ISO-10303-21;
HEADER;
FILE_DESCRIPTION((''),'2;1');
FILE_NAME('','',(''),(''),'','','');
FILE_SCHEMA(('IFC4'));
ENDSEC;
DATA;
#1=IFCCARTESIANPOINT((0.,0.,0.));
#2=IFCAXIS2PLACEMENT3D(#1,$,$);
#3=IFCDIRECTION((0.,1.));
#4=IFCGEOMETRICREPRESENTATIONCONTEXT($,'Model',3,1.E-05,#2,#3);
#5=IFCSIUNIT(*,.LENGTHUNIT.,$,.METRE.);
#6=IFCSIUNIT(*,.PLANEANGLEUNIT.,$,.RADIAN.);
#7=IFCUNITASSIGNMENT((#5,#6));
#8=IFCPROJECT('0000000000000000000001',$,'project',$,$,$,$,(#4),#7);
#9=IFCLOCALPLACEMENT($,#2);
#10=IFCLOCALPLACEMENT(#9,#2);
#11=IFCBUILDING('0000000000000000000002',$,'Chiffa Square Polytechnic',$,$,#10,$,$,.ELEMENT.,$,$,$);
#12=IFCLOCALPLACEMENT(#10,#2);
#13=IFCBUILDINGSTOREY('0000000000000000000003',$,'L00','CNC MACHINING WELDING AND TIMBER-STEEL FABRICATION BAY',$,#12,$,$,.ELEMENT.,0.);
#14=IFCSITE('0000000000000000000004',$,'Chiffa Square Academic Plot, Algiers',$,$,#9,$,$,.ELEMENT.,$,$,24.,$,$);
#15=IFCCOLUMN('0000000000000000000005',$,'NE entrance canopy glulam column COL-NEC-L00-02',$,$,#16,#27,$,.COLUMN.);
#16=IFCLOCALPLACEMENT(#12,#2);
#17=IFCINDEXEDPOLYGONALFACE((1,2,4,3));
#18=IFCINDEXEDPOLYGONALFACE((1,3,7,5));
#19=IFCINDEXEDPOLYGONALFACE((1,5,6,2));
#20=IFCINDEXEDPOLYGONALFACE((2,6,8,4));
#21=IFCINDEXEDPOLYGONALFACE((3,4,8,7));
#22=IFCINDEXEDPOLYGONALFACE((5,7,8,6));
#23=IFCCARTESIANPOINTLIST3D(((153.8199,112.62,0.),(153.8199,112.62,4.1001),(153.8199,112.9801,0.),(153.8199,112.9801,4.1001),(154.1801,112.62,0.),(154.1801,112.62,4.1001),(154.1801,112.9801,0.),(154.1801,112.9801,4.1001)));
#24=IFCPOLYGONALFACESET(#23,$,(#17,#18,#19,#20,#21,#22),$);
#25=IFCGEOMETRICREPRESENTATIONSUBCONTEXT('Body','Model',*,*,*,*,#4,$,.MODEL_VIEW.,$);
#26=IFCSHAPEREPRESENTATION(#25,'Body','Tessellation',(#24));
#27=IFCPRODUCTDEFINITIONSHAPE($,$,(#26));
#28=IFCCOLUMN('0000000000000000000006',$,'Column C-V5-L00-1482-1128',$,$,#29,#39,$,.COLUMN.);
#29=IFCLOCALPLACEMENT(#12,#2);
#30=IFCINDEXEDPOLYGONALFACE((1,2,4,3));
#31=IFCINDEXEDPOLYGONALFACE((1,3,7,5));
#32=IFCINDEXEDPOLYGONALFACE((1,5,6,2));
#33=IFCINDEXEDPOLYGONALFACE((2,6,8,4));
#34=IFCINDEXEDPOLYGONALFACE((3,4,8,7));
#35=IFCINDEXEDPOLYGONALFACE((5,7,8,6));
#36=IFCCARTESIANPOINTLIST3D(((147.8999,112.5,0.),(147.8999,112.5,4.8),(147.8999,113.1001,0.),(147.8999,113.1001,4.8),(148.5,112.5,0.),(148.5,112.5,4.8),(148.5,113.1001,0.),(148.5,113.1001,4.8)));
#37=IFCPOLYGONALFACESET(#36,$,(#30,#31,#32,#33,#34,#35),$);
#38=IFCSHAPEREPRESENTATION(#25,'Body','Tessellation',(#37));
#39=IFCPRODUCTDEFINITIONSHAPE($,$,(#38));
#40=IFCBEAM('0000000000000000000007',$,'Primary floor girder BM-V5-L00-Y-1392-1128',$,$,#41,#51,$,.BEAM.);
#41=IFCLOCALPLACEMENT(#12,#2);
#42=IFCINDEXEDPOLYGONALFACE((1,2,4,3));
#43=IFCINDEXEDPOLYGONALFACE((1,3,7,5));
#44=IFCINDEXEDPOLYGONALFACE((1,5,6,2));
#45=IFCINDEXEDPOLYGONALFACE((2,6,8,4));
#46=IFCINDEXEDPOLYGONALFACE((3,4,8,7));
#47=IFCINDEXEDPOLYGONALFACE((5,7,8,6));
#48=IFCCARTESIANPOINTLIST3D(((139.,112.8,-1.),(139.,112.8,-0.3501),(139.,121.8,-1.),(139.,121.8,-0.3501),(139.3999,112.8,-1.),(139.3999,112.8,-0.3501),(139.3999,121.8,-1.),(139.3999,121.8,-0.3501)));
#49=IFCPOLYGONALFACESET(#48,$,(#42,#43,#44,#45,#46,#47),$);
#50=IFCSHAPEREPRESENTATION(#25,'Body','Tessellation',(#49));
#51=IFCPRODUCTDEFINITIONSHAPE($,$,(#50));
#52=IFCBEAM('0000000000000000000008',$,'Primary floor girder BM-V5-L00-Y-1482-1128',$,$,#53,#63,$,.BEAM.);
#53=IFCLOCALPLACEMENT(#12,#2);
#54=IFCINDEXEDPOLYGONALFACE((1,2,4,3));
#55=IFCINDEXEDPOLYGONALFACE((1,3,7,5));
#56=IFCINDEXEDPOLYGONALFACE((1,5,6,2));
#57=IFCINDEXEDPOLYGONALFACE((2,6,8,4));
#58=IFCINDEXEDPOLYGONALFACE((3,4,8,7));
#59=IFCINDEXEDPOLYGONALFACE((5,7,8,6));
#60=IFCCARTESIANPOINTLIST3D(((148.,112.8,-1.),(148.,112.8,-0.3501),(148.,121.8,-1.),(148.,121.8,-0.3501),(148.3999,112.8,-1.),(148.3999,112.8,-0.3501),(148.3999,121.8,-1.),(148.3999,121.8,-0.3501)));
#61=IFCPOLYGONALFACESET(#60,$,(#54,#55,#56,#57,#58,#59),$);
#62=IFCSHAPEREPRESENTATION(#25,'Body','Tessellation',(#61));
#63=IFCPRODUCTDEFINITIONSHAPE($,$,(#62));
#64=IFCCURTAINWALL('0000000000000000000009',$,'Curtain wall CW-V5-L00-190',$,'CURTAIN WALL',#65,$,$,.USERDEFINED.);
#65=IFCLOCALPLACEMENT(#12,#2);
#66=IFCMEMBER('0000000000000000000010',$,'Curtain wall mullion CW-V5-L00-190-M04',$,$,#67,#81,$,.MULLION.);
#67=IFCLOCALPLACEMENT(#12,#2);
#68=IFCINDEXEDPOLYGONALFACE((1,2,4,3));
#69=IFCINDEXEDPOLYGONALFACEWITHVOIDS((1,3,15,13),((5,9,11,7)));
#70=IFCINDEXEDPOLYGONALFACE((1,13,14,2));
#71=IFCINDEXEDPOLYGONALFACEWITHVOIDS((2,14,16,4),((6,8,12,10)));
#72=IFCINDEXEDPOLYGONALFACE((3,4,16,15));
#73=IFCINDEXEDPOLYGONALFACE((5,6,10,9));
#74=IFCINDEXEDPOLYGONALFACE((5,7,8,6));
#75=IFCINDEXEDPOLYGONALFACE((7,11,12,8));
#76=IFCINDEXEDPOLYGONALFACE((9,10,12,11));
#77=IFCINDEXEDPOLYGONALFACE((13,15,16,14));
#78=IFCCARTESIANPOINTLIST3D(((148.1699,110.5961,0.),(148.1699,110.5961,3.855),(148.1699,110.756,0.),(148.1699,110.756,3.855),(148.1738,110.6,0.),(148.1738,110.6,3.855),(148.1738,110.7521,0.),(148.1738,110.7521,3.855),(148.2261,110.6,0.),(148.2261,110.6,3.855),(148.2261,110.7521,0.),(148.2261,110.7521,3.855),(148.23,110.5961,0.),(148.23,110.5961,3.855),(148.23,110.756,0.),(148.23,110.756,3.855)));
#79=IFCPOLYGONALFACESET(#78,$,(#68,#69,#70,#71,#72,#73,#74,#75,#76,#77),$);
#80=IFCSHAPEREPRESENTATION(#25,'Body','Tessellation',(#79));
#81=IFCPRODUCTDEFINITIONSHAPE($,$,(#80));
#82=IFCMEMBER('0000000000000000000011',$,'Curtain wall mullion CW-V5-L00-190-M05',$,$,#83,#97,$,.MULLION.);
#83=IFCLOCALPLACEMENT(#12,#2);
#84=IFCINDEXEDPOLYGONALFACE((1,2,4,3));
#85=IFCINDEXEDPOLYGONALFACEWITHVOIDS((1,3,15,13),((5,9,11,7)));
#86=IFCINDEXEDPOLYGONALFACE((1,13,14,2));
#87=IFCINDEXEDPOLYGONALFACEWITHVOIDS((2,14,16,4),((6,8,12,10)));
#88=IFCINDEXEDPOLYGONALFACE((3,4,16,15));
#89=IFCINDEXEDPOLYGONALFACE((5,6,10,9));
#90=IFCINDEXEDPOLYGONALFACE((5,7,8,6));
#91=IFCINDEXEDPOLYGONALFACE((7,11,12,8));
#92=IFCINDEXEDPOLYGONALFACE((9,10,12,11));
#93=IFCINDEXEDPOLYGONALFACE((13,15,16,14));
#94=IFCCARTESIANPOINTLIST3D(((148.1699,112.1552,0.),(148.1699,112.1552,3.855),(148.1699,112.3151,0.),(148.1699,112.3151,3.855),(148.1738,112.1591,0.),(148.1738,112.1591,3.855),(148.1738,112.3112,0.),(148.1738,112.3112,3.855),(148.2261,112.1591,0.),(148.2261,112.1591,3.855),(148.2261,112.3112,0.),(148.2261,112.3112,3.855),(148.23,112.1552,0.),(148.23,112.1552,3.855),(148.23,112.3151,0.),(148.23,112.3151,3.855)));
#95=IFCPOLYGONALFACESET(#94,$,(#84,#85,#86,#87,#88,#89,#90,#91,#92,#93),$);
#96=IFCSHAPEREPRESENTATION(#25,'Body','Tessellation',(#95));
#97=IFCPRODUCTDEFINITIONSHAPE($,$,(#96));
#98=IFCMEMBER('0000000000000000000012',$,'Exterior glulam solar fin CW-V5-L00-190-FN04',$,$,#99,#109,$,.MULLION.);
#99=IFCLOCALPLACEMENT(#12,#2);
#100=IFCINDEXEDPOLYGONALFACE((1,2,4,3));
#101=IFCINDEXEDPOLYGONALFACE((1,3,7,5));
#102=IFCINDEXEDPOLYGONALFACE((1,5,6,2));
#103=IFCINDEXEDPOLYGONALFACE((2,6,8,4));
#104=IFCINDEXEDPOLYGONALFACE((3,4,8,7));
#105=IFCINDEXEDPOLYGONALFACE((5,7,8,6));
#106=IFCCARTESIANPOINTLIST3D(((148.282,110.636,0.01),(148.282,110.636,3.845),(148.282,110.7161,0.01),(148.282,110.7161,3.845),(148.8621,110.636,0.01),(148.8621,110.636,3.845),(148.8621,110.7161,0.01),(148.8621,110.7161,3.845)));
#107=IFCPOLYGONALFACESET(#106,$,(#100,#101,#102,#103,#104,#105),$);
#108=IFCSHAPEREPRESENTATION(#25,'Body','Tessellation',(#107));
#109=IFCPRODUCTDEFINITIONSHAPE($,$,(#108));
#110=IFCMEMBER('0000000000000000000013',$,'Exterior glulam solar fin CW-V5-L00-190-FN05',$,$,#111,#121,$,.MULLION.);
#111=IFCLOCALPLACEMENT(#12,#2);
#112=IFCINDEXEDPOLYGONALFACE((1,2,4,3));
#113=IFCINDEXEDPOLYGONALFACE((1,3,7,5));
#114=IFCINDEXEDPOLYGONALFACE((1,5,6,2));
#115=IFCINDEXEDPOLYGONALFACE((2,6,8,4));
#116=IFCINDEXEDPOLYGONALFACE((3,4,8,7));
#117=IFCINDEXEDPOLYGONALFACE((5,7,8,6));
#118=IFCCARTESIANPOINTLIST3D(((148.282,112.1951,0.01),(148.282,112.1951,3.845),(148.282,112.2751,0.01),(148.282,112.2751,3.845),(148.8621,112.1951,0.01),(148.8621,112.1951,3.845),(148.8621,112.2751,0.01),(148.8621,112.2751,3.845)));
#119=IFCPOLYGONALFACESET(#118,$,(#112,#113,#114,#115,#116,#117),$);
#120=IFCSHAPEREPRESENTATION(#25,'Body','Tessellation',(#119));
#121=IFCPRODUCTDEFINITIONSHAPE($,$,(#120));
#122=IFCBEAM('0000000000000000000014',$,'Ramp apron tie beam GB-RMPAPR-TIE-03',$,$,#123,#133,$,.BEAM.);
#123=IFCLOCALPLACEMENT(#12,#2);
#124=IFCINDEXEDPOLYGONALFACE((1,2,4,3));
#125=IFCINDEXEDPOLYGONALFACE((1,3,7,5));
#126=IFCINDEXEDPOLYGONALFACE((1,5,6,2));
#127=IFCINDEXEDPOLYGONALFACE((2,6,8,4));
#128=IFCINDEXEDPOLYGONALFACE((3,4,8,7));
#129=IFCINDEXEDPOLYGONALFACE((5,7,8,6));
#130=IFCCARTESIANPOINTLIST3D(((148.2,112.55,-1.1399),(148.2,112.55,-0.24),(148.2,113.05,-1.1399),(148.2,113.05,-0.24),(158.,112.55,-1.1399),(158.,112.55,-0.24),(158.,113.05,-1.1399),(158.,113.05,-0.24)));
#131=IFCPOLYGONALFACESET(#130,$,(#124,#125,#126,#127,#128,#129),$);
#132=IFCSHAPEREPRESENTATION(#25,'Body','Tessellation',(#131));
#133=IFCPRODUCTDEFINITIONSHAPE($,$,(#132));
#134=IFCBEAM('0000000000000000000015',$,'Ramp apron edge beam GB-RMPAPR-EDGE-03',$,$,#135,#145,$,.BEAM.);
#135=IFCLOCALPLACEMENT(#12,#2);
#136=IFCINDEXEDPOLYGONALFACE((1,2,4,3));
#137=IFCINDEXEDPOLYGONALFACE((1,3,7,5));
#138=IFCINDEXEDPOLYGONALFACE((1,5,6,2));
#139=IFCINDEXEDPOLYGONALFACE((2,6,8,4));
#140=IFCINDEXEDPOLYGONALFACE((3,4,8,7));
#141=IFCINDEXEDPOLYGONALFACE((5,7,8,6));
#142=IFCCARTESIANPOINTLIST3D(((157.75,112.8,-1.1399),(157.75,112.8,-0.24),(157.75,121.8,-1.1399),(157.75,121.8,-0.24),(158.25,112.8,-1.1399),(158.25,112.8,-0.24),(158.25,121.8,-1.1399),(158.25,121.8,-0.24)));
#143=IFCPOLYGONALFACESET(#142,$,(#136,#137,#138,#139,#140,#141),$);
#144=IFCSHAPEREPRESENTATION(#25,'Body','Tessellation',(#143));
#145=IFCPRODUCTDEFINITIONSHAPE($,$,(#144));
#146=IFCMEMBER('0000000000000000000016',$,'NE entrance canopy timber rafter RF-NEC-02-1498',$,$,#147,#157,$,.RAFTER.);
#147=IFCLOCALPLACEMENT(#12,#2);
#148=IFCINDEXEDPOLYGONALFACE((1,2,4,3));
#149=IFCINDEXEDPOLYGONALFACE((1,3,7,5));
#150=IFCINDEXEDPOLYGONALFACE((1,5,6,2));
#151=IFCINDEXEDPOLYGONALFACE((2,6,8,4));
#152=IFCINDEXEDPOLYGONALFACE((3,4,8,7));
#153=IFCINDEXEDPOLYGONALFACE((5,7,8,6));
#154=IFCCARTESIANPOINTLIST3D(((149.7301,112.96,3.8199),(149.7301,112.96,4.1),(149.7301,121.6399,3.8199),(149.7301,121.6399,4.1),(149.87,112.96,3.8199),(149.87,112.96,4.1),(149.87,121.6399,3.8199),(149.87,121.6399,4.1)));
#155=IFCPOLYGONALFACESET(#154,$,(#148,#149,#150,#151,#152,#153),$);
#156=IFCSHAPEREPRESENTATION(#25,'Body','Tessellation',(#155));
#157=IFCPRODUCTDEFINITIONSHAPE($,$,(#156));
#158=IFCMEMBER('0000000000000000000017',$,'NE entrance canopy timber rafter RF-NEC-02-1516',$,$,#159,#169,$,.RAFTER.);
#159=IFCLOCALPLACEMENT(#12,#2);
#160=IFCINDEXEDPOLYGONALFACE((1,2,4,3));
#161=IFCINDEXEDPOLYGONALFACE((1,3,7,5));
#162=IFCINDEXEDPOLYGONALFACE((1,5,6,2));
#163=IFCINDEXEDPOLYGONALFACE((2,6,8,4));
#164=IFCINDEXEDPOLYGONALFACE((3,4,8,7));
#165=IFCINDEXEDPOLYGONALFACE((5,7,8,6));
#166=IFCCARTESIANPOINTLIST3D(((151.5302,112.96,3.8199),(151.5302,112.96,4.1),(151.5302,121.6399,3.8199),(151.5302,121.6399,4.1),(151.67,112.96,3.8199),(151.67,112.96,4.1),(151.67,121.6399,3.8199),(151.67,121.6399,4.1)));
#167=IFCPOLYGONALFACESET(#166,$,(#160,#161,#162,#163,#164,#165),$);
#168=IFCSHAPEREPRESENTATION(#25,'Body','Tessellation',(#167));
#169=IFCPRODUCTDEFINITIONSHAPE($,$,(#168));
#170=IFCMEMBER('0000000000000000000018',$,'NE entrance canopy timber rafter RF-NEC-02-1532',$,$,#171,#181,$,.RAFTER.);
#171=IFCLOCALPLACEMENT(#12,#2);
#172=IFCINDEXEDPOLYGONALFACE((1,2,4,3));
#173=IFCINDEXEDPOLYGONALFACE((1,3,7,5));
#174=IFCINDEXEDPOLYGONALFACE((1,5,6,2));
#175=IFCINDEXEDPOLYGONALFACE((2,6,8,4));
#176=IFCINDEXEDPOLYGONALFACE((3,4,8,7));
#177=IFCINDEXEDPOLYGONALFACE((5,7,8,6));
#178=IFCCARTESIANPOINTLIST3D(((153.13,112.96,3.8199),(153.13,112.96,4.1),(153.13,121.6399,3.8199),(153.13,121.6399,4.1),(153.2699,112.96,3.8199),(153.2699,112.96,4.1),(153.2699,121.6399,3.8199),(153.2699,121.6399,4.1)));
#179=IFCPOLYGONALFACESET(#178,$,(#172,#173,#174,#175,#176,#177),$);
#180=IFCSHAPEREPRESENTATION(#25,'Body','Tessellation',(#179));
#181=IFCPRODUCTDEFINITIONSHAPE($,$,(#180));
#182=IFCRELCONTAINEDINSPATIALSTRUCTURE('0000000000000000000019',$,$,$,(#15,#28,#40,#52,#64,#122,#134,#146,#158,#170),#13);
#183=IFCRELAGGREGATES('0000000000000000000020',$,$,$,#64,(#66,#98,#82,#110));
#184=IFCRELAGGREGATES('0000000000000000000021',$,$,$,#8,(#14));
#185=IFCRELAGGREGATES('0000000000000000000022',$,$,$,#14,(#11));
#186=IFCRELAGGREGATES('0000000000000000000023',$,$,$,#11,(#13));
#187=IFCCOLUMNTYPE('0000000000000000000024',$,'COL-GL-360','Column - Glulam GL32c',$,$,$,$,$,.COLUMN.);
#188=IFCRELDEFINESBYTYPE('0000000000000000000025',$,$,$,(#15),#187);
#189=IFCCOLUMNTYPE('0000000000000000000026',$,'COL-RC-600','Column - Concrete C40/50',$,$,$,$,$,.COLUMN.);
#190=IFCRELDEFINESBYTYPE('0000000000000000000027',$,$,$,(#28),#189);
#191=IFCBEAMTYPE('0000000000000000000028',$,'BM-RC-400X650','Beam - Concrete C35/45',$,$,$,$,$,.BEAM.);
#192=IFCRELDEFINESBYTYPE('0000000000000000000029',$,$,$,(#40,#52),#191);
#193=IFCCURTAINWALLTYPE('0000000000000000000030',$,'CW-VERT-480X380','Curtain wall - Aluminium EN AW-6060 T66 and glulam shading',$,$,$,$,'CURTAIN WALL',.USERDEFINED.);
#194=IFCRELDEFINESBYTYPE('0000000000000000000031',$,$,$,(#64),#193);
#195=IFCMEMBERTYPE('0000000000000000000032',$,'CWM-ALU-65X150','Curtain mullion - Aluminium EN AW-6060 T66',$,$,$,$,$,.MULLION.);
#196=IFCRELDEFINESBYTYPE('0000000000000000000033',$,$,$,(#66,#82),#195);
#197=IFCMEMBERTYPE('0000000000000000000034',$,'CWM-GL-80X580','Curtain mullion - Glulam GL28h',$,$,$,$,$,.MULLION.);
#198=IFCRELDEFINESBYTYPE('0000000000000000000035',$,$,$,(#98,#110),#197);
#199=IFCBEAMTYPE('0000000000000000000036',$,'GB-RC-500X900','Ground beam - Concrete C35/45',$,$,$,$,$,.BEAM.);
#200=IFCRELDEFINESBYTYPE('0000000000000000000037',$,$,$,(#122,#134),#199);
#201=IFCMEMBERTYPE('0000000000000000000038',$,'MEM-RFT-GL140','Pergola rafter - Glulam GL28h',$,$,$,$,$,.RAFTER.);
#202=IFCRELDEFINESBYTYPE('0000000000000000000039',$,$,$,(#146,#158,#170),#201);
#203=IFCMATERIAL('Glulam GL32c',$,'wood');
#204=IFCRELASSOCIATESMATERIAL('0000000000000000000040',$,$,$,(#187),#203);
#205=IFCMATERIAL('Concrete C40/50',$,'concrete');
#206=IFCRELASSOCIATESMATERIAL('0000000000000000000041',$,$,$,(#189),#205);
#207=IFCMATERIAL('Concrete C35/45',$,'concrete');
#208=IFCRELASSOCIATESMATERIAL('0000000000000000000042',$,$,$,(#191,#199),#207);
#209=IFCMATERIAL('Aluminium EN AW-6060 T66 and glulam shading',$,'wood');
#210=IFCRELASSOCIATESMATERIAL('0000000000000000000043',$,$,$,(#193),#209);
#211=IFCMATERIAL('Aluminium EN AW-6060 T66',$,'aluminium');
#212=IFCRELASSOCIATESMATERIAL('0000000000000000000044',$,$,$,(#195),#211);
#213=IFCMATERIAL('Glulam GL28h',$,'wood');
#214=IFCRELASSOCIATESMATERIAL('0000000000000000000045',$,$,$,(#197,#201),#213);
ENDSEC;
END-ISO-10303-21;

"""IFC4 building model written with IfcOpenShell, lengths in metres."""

from ifc_helpers import new_model, si_unit, direction, frame, origin, origin_2d, place, context, subcontext, project, spatial, rectangle, hollow_rectangle, extrude, material, material_profile, profile_set, type_object, element, aggregate, save


model = new_model("IFC4")

# Units and contexts
model_context = context("Model", 3, precision=1e-05, world=origin(), true_north=direction((0.0, 1.0)))
body_context = subcontext(model_context, "Body", "Model", "MODEL_VIEW")
ifc_project = project(units=[si_unit("LENGTHUNIT", "METRE"), si_unit("PLANEANGLEUNIT", "RADIAN")], contexts=[model_context])

# Site, building, storey
site_placement = place(None, origin())
site = spatial("IfcSite", under=ifc_project, at=site_placement, Name="Chiffa Square Academic Plot, Algiers", CompositionType="ELEMENT", RefElevation=24.0)
building_placement = place(site_placement, origin())
building = spatial("IfcBuilding", under=site, at=building_placement, Name="Chiffa Square Polytechnic", CompositionType="ELEMENT")
storey_placement = place(building_placement, origin())
storey = spatial("IfcBuildingStorey", under=building, at=storey_placement, Name="L00", Description="CNC MACHINING WELDING AND TIMBER-STEEL FABRICATION BAY", CompositionType="ELEMENT", Elevation=0.0)

# Columns
ifc_material_1 = material(Name="Glulam GL32c", Category="wood")
ifc_material_profile_1 = material_profile(ifc_material_1, rectangle(XDim=0.3601, YDim=0.3601, at=origin_2d()), Name="GL32c 360x360")
ifc_profile_set_1 = profile_set([ifc_material_profile_1], Name="Glulam GL32c")
column_type_1 = type_object("IfcColumnType", Name="COL-GL-360", Description="Column - Glulam GL32c", PredefinedType="COLUMN", material=ifc_profile_set_1)
column_1_placement = place(storey_placement, frame((154.0, 112.8, 0.0), z_axis=(0.0, 0.0, 1.0), x_axis=(1.0, 0.0, 0.0)))
element("IfcColumn", 1, at=column_1_placement, inside=storey, type_object=column_type_1, Name="NE entrance canopy glulam column COL-NEC-L00-02", PredefinedType="COLUMN", context=body_context, shape_type="SweptSolid", body=[
    extrude(rectangle(XDim=0.3601, YDim=0.3601, at=origin_2d()), origin(), (0.0, 0.0, 1.0), 4.1001),
])
ifc_material_2 = material(Name="Concrete C40/50", Category="concrete")
ifc_material_profile_2 = material_profile(ifc_material_2, rectangle(XDim=0.6001, YDim=0.6001, at=origin_2d()), Name="RC 600x600")
ifc_profile_set_2 = profile_set([ifc_material_profile_2], Name="Concrete C40/50")
column_type_2 = type_object("IfcColumnType", Name="COL-RC-600", Description="Column - Concrete C40/50", PredefinedType="COLUMN", material=ifc_profile_set_2)
column_2_placement = place(storey_placement, frame((148.2, 112.8, 0.0), z_axis=(0.0, 0.0, 1.0), x_axis=(1.0, 0.0, 0.0)))
element("IfcColumn", 2, at=column_2_placement, inside=storey, type_object=column_type_2, Name="Column C-V5-L00-1482-1128", PredefinedType="COLUMN", context=body_context, shape_type="SweptSolid", body=[
    extrude(rectangle(XDim=0.6001, YDim=0.6001, at=origin_2d()), origin(), (0.0, 0.0, 1.0), 4.8),
])

# Beams
ifc_material_3 = material(Name="Concrete C35/45", Category="concrete")
ifc_material_profile_3 = material_profile(ifc_material_3, rectangle(XDim=0.3999, YDim=0.6499, at=origin_2d()), Name="RC 400x650")
ifc_profile_set_3 = profile_set([ifc_material_profile_3], Name="Concrete C35/45")
beam_type_1 = type_object("IfcBeamType", Name="BM-RC-400X650", Description="Beam - Concrete C35/45", PredefinedType="BEAM", material=ifc_profile_set_3)
for number, where, z_axis, x_axis, name in (
    (3, (139.2, 112.8, -0.675), (0.0, 1.0, 0.0), (-1.0, 0.0, 0.0), "Primary floor girder BM-V5-L00-Y-1392-1128"),
    (4, (148.2, 112.8, -0.675), (0.0, 1.0, 0.0), (-1.0, 0.0, 0.0), "Primary floor girder BM-V5-L00-Y-1482-1128"),
):
    element("IfcBeam", number, at=place(storey_placement, frame(where, z_axis=z_axis, x_axis=x_axis)), inside=storey, type_object=beam_type_1, Name=name, PredefinedType="BEAM", context=body_context, shape_type="SweptSolid", body=[
        extrude(rectangle(XDim=0.3999, YDim=0.6499, at=origin_2d()), origin(), (0.0, 0.0, 1.0), 9.0),
    ])

# Curtain wall, members
ifc_material_4 = material(Name="Aluminium EN AW-6060 T66 and glulam shading", Category="wood")
curtain_wall_type = type_object("IfcCurtainWallType", Name="CW-VERT-480X380", Description="Curtain wall - Aluminium EN AW-6060 T66 and glulam shading", ElementType="CURTAIN WALL", PredefinedType="USERDEFINED", material=ifc_material_4)
curtain_wall_placement = place(storey_placement, origin())
curtain_wall = element("IfcCurtainWall", 5, at=curtain_wall_placement, inside=storey, type_object=curtain_wall_type, Name="Curtain wall CW-V5-L00-190", ObjectType="CURTAIN WALL", PredefinedType="USERDEFINED")
ifc_material_5 = material(Name="Aluminium EN AW-6060 T66", Category="aluminium")
ifc_material_profile_4 = material_profile(ifc_material_5, hollow_rectangle(XDim=0.0601, YDim=0.1599, WallThickness=0.0039, at=origin_2d()), Name="ALU 60x160x4")
ifc_profile_set_4 = profile_set([ifc_material_profile_4], Name="Aluminium EN AW-6060 T66")
member_type_1 = type_object("IfcMemberType", Name="CWM-ALU-65X150", Description="Curtain mullion - Aluminium EN AW-6060 T66", PredefinedType="MULLION", material=ifc_profile_set_4)
member_1_placement = place(storey_placement, frame((148.2, 110.676, 0.0), z_axis=(0.0, 0.0, 1.0), x_axis=(1.0, 0.0, 0.0)))
member_1 = element("IfcMember", 6, at=member_1_placement, type_object=member_type_1, Name="Curtain wall mullion CW-V5-L00-190-M04", PredefinedType="MULLION", context=body_context, shape_type="SweptSolid", body=[
    extrude(hollow_rectangle(XDim=0.0601, YDim=0.1599, WallThickness=0.0039, at=origin_2d()), origin(), (0.0, 0.0, 1.0), 3.855),
])
member_2_placement = place(storey_placement, frame((148.2, 112.2351, 0.0), z_axis=(0.0, 0.0, 1.0), x_axis=(1.0, 0.0, 0.0)))
member_2 = element("IfcMember", 7, at=member_2_placement, type_object=member_type_1, Name="Curtain wall mullion CW-V5-L00-190-M05", PredefinedType="MULLION", context=body_context, shape_type="SweptSolid", body=[
    extrude(hollow_rectangle(XDim=0.0601, YDim=0.1599, WallThickness=0.0039, at=origin_2d()), origin(), (0.0, 0.0, 1.0), 3.855),
])
ifc_material_6 = material(Name="Glulam GL28h", Category="wood")
ifc_material_profile_5 = material_profile(ifc_material_6, rectangle(XDim=0.0801, YDim=0.5801, at=origin_2d()), Name="GL28h 80x580")
ifc_profile_set_5 = profile_set([ifc_material_profile_5], Name="Glulam GL28h")
member_type_2 = type_object("IfcMemberType", Name="CWM-GL-80X580", Description="Curtain mullion - Glulam GL28h", PredefinedType="MULLION", material=ifc_profile_set_5)
member_3_placement = place(storey_placement, frame((148.572, 110.676, 0.01), z_axis=(0.0, 0.0, 1.0), x_axis=(0.0, 1.0, 0.0)))
member_3 = element("IfcMember", 8, at=member_3_placement, type_object=member_type_2, Name="Exterior glulam solar fin CW-V5-L00-190-FN04", PredefinedType="MULLION", context=body_context, shape_type="SweptSolid", body=[
    extrude(rectangle(XDim=0.0801, YDim=0.5801, at=origin_2d()), origin(), (0.0, 0.0, 1.0), 3.835),
])
member_4_placement = place(storey_placement, frame((148.572, 112.2351, 0.01), z_axis=(0.0, 0.0, 1.0), x_axis=(0.0, 1.0, 0.0)))
member_4 = element("IfcMember", 9, at=member_4_placement, type_object=member_type_2, Name="Exterior glulam solar fin CW-V5-L00-190-FN05", PredefinedType="MULLION", context=body_context, shape_type="SweptSolid", body=[
    extrude(rectangle(XDim=0.0801, YDim=0.5801, at=origin_2d()), origin(), (0.0, 0.0, 1.0), 3.835),
])

# Beams
ifc_material_profile_6 = material_profile(ifc_material_3, rectangle(XDim=0.5, YDim=0.8999, at=origin_2d()), Name="RC 500x900")
ifc_profile_set_6 = profile_set([ifc_material_profile_6], Name="Concrete C35/45")
beam_type_2 = type_object("IfcBeamType", Name="GB-RC-500X900", Description="Ground beam - Concrete C35/45", PredefinedType="BEAM", material=ifc_profile_set_6)
beam_1_placement = place(storey_placement, frame((148.2, 112.8, -0.6899), z_axis=(1.0, 0.0, 0.0), x_axis=(0.0, 1.0, 0.0)))
element("IfcBeam", 10, at=beam_1_placement, inside=storey, type_object=beam_type_2, Name="Ramp apron tie beam GB-RMPAPR-TIE-03", PredefinedType="BEAM", context=body_context, shape_type="SweptSolid", body=[
    extrude(rectangle(XDim=0.5, YDim=0.8999, at=origin_2d()), origin(), (0.0, 0.0, 1.0), 9.8),
])
beam_2_placement = place(storey_placement, frame((158.0, 112.8, -0.6899), z_axis=(0.0, 1.0, 0.0), x_axis=(-1.0, 0.0, 0.0)))
element("IfcBeam", 11, at=beam_2_placement, inside=storey, type_object=beam_type_2, Name="Ramp apron edge beam GB-RMPAPR-EDGE-03", PredefinedType="BEAM", context=body_context, shape_type="SweptSolid", body=[
    extrude(rectangle(XDim=0.5, YDim=0.8999, at=origin_2d()), origin(), (0.0, 0.0, 1.0), 9.0),
])

# Members
ifc_material_profile_7 = material_profile(ifc_material_6, rectangle(XDim=0.1399, YDim=0.28, at=origin_2d()), Name="GL28h 140x280")
ifc_profile_set_7 = profile_set([ifc_material_profile_7], Name="Glulam GL28h")
member_type_3 = type_object("IfcMemberType", Name="MEM-RFT-GL140", Description="Pergola rafter - Glulam GL28h", PredefinedType="RAFTER", material=ifc_profile_set_7)
for number, where, z_axis, x_axis, name in (
    (12, (149.8, 112.96, 3.96), (0.0, 1.0, 0.0), (-1.0, 0.0, 0.0), "NE entrance canopy timber rafter RF-NEC-02-1498"),
    (13, (151.6001, 112.96, 3.96), (0.0, 1.0, 0.0), (-1.0, 0.0, 0.0), "NE entrance canopy timber rafter RF-NEC-02-1516"),
    (14, (153.2, 112.96, 3.96), (0.0, 1.0, 0.0), (-1.0, 0.0, 0.0), "NE entrance canopy timber rafter RF-NEC-02-1532"),
):
    element("IfcMember", number, at=place(storey_placement, frame(where, z_axis=z_axis, x_axis=x_axis)), inside=storey, type_object=member_type_3, Name=name, PredefinedType="RAFTER", context=body_context, shape_type="SweptSolid", body=[
        extrude(rectangle(XDim=0.1399, YDim=0.28, at=origin_2d()), origin(), (0.0, 0.0, 1.0), 8.6799),
    ])

aggregate(curtain_wall, [member_1, member_3, member_2, member_4])

save(model, "model.ifc")
